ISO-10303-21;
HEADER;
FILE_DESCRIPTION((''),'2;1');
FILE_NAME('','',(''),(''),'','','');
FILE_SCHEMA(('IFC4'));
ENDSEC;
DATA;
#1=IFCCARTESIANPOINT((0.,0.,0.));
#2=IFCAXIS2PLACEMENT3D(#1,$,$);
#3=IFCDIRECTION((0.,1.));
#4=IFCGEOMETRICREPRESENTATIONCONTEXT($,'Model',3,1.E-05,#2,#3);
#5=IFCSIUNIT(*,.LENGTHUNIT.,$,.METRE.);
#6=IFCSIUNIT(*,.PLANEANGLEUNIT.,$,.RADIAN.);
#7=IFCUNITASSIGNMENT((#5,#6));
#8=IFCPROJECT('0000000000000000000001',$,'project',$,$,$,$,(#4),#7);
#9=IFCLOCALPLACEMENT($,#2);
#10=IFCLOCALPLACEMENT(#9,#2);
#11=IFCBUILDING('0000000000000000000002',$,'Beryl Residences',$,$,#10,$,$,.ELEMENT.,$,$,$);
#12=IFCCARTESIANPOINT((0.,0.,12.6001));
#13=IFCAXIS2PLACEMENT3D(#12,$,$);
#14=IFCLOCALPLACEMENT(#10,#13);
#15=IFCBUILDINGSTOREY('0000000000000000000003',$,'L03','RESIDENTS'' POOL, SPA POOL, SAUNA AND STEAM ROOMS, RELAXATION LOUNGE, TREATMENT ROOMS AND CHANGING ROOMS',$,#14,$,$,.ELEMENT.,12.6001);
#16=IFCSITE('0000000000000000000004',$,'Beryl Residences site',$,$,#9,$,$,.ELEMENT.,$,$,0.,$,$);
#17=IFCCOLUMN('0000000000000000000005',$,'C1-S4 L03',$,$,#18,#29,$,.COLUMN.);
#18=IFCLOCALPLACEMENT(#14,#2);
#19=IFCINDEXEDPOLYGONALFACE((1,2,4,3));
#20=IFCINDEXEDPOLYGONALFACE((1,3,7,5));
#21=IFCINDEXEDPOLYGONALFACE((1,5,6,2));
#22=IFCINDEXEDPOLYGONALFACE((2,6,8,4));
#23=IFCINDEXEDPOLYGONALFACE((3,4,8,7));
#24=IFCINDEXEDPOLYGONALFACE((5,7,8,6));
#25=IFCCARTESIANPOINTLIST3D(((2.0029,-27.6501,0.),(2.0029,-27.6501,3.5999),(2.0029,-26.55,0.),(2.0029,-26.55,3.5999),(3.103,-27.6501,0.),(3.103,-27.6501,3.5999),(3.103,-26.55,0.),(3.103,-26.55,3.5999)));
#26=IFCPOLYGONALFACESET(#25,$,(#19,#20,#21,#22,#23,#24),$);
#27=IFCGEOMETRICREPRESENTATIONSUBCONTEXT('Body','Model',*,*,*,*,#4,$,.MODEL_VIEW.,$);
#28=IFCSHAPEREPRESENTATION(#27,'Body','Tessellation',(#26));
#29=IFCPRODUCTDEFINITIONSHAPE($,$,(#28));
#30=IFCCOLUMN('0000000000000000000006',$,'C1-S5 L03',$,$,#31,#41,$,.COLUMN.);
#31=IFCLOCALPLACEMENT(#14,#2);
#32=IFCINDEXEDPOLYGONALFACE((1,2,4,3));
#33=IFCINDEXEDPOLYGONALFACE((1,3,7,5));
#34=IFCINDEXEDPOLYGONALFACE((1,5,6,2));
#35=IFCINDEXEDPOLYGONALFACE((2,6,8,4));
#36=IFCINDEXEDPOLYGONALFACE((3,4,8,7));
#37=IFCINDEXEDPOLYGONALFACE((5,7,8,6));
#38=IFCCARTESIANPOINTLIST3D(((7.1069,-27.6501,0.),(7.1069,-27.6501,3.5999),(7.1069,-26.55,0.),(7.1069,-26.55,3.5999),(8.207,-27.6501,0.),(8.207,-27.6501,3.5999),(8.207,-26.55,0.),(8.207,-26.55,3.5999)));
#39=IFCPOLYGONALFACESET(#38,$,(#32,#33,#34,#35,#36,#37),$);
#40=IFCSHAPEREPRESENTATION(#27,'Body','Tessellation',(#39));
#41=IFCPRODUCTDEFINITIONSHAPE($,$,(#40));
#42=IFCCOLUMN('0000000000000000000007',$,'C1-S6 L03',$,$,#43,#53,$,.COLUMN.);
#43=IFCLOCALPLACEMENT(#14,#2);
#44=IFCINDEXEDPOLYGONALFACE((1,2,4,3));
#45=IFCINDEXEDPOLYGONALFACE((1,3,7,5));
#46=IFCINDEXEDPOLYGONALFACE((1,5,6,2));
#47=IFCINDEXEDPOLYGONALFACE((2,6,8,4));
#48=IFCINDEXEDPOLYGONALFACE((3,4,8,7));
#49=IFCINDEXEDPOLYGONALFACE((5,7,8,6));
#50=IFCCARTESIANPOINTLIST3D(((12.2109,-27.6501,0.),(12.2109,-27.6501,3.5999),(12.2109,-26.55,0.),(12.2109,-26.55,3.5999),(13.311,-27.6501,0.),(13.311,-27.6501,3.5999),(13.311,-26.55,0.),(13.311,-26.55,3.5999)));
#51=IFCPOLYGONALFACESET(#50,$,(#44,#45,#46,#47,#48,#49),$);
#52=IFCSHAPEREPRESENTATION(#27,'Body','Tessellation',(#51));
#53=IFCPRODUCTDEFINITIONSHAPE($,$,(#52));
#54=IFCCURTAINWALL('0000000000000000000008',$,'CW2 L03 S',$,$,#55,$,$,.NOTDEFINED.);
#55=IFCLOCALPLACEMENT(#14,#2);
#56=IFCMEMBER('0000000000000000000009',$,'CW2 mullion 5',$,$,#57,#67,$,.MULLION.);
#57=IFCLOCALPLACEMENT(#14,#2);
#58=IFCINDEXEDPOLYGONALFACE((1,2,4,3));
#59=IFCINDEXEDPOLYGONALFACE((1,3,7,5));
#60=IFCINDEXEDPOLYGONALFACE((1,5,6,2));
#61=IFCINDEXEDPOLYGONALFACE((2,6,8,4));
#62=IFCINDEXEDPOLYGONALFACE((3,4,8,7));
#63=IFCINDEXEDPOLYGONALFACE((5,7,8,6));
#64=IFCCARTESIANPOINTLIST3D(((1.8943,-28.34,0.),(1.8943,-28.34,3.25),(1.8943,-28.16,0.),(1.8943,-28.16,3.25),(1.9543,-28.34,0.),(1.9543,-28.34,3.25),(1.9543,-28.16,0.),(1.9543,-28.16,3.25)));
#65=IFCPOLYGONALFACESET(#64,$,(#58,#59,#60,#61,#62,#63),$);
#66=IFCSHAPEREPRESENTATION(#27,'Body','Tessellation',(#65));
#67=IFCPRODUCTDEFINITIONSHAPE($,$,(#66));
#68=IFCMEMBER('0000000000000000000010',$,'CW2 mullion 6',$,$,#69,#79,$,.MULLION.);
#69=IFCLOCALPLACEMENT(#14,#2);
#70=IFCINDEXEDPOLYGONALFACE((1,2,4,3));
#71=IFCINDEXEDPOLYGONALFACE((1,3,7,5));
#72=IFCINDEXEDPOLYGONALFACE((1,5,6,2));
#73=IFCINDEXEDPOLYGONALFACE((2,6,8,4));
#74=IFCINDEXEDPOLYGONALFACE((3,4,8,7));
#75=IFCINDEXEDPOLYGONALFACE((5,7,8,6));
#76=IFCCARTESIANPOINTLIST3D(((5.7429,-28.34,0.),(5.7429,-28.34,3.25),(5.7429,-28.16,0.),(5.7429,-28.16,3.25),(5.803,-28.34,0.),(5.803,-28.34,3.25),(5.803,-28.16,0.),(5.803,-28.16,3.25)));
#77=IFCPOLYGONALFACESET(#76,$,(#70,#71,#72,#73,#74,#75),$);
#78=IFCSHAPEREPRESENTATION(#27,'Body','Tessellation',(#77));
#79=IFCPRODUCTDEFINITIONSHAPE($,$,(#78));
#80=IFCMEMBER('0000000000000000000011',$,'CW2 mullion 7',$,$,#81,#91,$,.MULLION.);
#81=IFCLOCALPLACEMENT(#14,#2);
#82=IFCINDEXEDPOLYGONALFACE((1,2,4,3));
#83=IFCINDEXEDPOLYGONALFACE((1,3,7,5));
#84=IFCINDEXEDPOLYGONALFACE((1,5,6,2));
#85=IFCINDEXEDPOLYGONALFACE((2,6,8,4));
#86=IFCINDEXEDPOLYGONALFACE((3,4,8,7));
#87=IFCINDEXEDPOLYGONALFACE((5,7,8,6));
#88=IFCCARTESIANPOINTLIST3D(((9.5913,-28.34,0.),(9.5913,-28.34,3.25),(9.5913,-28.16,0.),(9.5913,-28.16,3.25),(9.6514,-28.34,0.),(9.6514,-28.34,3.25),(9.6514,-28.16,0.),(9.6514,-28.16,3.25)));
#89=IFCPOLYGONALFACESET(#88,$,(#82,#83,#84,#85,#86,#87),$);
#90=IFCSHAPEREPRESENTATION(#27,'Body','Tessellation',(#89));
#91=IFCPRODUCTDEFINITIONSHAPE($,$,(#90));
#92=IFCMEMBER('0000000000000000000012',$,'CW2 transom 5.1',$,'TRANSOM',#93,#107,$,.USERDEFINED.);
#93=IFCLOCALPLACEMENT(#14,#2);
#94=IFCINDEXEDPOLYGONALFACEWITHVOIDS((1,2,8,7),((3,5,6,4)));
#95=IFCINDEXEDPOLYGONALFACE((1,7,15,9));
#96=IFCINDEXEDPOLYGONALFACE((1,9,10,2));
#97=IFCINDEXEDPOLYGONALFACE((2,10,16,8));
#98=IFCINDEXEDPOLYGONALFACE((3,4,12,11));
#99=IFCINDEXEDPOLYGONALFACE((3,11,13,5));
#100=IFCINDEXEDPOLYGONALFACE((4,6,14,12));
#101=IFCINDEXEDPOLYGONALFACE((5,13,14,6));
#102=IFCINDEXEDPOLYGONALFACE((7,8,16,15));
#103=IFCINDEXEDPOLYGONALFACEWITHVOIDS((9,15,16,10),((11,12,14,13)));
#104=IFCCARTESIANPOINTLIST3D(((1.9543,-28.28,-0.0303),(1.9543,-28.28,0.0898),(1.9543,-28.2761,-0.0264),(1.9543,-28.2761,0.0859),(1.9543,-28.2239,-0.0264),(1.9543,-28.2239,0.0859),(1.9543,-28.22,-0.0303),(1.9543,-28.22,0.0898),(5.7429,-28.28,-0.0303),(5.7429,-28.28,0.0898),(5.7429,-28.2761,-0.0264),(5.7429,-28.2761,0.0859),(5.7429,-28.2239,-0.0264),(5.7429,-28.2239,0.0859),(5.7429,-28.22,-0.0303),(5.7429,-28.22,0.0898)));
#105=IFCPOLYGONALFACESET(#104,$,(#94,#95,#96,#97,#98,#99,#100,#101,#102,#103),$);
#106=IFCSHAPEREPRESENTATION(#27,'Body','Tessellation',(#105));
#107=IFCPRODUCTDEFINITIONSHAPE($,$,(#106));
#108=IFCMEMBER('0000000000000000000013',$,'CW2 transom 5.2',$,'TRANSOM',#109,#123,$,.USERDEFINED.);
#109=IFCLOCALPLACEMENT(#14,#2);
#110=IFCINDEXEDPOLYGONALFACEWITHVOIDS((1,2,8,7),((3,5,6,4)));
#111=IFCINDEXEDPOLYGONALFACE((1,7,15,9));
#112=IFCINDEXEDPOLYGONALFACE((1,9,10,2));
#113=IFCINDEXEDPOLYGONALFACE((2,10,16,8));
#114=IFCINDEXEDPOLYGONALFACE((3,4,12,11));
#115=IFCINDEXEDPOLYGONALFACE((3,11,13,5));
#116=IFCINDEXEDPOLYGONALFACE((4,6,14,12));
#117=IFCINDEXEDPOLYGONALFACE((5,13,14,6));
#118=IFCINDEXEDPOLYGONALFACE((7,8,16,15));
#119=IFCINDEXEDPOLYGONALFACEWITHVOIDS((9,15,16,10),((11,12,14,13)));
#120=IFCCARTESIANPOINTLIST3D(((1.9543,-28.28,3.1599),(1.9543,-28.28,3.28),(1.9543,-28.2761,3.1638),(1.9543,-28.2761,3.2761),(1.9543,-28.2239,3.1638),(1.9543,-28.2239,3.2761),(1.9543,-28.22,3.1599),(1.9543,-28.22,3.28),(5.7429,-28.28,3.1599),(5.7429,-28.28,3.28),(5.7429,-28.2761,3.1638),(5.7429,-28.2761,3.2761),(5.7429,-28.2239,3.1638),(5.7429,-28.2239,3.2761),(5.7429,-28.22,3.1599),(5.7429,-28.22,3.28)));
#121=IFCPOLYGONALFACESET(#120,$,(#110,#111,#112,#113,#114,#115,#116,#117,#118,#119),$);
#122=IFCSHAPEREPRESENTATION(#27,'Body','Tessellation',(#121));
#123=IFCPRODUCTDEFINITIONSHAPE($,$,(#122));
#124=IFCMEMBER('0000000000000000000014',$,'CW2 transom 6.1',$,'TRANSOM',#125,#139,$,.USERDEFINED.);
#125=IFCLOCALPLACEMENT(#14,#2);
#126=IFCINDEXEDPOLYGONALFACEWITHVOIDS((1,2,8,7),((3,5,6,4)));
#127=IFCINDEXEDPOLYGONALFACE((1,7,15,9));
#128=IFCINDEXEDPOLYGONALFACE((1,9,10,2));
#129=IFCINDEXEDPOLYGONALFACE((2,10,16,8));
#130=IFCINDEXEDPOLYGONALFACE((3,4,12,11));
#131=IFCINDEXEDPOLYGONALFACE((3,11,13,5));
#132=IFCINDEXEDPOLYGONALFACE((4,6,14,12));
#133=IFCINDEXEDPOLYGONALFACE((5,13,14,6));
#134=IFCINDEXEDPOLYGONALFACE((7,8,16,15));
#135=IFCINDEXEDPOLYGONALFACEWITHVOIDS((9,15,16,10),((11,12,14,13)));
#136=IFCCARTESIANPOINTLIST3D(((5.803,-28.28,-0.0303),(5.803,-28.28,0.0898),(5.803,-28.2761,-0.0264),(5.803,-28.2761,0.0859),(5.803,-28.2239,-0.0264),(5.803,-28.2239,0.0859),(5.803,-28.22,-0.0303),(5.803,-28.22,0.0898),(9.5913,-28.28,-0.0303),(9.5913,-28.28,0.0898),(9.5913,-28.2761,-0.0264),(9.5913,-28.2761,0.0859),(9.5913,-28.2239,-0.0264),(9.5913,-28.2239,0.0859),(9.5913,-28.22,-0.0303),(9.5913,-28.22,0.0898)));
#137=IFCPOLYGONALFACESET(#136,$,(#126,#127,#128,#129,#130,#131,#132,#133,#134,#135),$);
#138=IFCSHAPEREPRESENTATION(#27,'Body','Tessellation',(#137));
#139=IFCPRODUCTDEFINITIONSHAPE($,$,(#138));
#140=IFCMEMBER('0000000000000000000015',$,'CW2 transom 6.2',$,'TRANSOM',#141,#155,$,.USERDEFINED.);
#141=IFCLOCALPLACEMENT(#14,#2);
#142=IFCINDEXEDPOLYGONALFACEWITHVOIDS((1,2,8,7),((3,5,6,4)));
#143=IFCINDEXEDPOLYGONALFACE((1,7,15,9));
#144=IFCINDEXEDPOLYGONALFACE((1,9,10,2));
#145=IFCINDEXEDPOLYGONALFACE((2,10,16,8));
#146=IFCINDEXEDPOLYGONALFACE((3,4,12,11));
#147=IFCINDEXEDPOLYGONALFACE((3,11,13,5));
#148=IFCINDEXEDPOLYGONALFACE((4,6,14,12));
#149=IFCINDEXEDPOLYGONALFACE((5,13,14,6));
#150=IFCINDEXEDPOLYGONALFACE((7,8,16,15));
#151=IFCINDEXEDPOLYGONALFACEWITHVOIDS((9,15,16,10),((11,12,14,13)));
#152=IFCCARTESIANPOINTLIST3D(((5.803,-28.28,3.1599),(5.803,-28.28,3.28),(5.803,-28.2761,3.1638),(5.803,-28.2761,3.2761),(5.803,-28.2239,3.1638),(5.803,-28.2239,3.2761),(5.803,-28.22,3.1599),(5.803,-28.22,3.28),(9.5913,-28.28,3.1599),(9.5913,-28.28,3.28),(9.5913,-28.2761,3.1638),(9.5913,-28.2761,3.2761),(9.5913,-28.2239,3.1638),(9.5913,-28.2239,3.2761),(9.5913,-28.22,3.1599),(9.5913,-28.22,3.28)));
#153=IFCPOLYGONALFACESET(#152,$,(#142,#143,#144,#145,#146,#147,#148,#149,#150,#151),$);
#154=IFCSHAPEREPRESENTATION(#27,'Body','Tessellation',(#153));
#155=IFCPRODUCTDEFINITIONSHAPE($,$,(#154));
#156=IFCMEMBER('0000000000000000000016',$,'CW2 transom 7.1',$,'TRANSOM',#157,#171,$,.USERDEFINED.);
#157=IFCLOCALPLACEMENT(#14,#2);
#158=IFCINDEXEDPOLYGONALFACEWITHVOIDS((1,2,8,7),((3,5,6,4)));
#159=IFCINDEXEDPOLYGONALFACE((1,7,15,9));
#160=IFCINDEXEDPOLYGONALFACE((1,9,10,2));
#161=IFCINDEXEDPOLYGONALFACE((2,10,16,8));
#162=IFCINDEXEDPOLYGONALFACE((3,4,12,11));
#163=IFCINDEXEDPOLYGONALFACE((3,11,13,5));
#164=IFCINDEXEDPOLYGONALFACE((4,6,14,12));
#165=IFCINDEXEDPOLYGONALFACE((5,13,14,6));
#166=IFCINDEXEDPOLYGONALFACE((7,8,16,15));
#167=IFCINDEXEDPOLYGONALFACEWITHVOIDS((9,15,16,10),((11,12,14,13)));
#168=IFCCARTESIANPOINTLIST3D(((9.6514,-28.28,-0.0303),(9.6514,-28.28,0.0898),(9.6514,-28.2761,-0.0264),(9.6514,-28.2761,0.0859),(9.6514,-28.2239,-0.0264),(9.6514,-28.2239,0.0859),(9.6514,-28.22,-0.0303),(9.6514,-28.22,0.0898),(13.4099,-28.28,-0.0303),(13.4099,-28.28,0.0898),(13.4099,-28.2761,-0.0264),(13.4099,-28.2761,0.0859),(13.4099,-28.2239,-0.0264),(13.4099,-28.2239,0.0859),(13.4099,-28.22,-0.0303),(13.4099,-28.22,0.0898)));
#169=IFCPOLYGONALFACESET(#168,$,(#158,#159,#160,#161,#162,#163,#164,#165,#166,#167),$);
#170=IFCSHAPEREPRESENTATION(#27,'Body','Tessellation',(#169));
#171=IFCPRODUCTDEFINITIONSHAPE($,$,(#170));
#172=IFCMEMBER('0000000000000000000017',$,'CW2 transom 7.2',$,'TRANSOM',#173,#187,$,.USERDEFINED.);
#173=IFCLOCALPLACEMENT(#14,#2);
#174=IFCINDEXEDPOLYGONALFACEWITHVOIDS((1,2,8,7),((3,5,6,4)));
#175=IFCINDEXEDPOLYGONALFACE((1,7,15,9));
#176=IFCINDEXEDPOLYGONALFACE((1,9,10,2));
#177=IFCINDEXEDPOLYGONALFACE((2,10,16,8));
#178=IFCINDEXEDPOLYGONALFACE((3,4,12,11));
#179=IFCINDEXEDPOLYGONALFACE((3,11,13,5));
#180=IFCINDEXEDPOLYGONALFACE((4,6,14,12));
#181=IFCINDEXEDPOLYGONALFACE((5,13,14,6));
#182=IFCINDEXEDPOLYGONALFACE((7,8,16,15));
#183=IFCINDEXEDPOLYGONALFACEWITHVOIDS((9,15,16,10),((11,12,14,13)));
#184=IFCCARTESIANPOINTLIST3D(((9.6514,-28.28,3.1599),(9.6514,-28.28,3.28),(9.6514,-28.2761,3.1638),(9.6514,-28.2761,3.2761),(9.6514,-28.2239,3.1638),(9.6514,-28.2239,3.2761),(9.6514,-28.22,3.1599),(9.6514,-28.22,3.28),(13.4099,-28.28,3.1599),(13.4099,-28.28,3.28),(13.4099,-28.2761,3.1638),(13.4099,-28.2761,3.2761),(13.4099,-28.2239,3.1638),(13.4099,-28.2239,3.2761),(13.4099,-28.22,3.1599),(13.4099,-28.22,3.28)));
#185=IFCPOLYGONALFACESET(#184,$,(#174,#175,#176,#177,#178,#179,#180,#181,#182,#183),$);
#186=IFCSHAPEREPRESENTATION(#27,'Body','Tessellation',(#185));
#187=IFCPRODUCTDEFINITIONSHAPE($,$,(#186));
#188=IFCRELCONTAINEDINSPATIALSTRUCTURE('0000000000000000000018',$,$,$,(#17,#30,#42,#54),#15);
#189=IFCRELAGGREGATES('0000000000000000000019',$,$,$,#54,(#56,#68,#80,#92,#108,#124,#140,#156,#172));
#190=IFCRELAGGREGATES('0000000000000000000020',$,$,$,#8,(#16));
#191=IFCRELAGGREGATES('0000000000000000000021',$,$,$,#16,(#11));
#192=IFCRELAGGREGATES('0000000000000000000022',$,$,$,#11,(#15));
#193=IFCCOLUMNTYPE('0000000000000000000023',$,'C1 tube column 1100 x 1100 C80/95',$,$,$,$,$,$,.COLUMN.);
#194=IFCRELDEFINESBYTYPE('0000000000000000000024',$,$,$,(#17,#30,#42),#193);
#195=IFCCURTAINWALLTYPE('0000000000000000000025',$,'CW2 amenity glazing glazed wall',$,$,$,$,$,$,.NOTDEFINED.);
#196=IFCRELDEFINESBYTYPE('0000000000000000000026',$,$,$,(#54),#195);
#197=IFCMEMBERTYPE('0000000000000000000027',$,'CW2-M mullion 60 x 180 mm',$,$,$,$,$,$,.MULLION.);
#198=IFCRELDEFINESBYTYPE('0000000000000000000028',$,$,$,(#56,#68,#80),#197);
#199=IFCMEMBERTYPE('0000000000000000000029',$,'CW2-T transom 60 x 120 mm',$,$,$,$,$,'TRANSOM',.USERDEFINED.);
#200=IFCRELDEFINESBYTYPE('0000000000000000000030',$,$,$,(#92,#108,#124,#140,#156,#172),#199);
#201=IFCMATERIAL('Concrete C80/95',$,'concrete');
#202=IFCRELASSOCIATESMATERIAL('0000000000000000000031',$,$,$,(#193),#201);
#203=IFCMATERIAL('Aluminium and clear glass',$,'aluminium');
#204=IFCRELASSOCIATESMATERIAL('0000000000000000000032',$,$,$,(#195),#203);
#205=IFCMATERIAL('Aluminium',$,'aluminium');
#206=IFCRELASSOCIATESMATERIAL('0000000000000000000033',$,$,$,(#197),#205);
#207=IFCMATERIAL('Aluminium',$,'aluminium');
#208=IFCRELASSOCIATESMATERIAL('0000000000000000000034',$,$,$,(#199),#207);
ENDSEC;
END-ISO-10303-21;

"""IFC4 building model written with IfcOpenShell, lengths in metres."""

from ifc_helpers import new_model, si_unit, direction, frame, origin, origin_2d, place, context, subcontext, project, spatial, rectangle, hollow_rectangle, extrude, material, material_profile, profile_set, type_object, element, aggregate, save


model = new_model("IFC4")

# Units and contexts
model_context = context("Model", 3, precision=1e-05, world=origin(), true_north=direction((0.0, 1.0)))
body_context = subcontext(model_context, "Body", "Model", "MODEL_VIEW")
ifc_project = project(units=[si_unit("LENGTHUNIT", "METRE"), si_unit("PLANEANGLEUNIT", "RADIAN")], contexts=[model_context])

# Site, building, storey
site_placement = place(None, origin())
site = spatial("IfcSite", under=ifc_project, at=site_placement, Name="Beryl Residences site", CompositionType="ELEMENT", RefElevation=0.0)
building_placement = place(site_placement, origin())
building = spatial("IfcBuilding", under=site, at=building_placement, Name="Beryl Residences", CompositionType="ELEMENT")
storey_placement = place(building_placement, frame((0.0, 0.0, 12.6001)))
storey = spatial("IfcBuildingStorey", under=building, at=storey_placement, Name="L03", Description="RESIDENTS' POOL, SPA POOL, SAUNA AND STEAM ROOMS, RELAXATION LOUNGE, TREATMENT ROOMS AND CHANGING ROOMS", CompositionType="ELEMENT", Elevation=12.6001)

# Columns
ifc_material_1 = material(Name="Concrete C80/95", Category="concrete")
ifc_material_profile_1 = material_profile(ifc_material_1, rectangle(XDim=1.1001, YDim=1.1001, at=origin_2d()))
ifc_profile_set_1 = profile_set([ifc_material_profile_1], Name="Concrete C80/95")
column_type = type_object("IfcColumnType", Name="C1 tube column 1100 x 1100 C80/95", PredefinedType="COLUMN", material=ifc_profile_set_1)
for number, where, z_axis, x_axis, name in (
    (1, (2.553, -27.1001, 0.0), (0.0, 0.0, 1.0), (1.0, 0.0, 0.0), "C1-S4 L03"),
    (2, (7.657, -27.1001, 0.0), (0.0, 0.0, 1.0), (1.0, 0.0, 0.0), "C1-S5 L03"),
    (3, (12.761, -27.1001, 0.0), (0.0, 0.0, 1.0), (1.0, 0.0, 0.0), "C1-S6 L03"),
):
    element("IfcColumn", number, at=place(storey_placement, frame(where, z_axis=z_axis, x_axis=x_axis)), inside=storey, type_object=column_type, Name=name, PredefinedType="COLUMN", context=body_context, shape_type="SweptSolid", body=[
        extrude(rectangle(XDim=1.1001, YDim=1.1001, at=origin_2d()), origin(), (0.0, 0.0, 1.0), 3.5999),
    ])

# Curtain wall, members
ifc_material_2 = material(Name="Aluminium and clear glass", Category="aluminium")
curtain_wall_type = type_object("IfcCurtainWallType", Name="CW2 amenity glazing glazed wall", PredefinedType="NOTDEFINED", material=ifc_material_2)
curtain_wall_placement = place(storey_placement, origin())
curtain_wall = element("IfcCurtainWall", 4, at=curtain_wall_placement, inside=storey, type_object=curtain_wall_type, Name="CW2 L03 S", PredefinedType="NOTDEFINED")
ifc_material_3 = material(Name="Aluminium", Category="aluminium")
ifc_material_profile_2 = material_profile(ifc_material_3, rectangle(XDim=0.0601, YDim=0.1799, at=origin_2d()))
ifc_profile_set_2 = profile_set([ifc_material_profile_2], Name="Aluminium")
member_type_1 = type_object("IfcMemberType", Name="CW2-M mullion 60 x 180 mm", PredefinedType="MULLION", material=ifc_profile_set_2)
member_1_placement = place(storey_placement, frame((1.9243, -28.25, 0.0), z_axis=(0.0, 0.0, 1.0), x_axis=(1.0, 0.0, 0.0)))
member_1 = element("IfcMember", 5, at=member_1_placement, type_object=member_type_1, Name="CW2 mullion 5", PredefinedType="MULLION", context=body_context, shape_type="SweptSolid", body=[
    extrude(rectangle(XDim=0.0601, YDim=0.1799, at=origin_2d()), origin(), (0.0, 0.0, 1.0), 3.25),
])
member_2_placement = place(storey_placement, frame((5.7729, -28.25, 0.0), z_axis=(0.0, 0.0, 1.0), x_axis=(1.0, 0.0, 0.0)))
member_2 = element("IfcMember", 6, at=member_2_placement, type_object=member_type_1, Name="CW2 mullion 6", PredefinedType="MULLION", context=body_context, shape_type="SweptSolid", body=[
    extrude(rectangle(XDim=0.0601, YDim=0.1799, at=origin_2d()), origin(), (0.0, 0.0, 1.0), 3.25),
])
member_3_placement = place(storey_placement, frame((9.6213, -28.25, 0.0), z_axis=(0.0, 0.0, 1.0), x_axis=(1.0, 0.0, 0.0)))
member_3 = element("IfcMember", 7, at=member_3_placement, type_object=member_type_1, Name="CW2 mullion 7", PredefinedType="MULLION", context=body_context, shape_type="SweptSolid", body=[
    extrude(rectangle(XDim=0.0601, YDim=0.1799, at=origin_2d()), origin(), (0.0, 0.0, 1.0), 3.25),
])
ifc_material_4 = material(Name="Aluminium", Category="aluminium")
ifc_material_profile_3 = material_profile(ifc_material_4, hollow_rectangle(XDim=0.0601, YDim=0.1201, WallThickness=0.0039, at=origin_2d()))
ifc_profile_set_3 = profile_set([ifc_material_profile_3], Name="Aluminium")
member_type_2 = type_object("IfcMemberType", Name="CW2-T transom 60 x 120 mm", ElementType="TRANSOM", PredefinedType="USERDEFINED", material=ifc_profile_set_3)
member_4_placement = place(storey_placement, frame((1.9543, -28.25, 0.0298), z_axis=(1.0, 0.0, 0.0), x_axis=(0.0, 1.0, 0.0)))
member_4 = element("IfcMember", 8, at=member_4_placement, type_object=member_type_2, Name="CW2 transom 5.1", ObjectType="TRANSOM", PredefinedType="USERDEFINED", context=body_context, shape_type="SweptSolid", body=[
    extrude(hollow_rectangle(XDim=0.0601, YDim=0.1201, WallThickness=0.0039, at=origin_2d()), origin(), (0.0, 0.0, 1.0), 3.7886),
])
member_5_placement = place(storey_placement, frame((1.9543, -28.25, 3.22), z_axis=(1.0, 0.0, 0.0), x_axis=(0.0, 1.0, 0.0)))
member_5 = element("IfcMember", 9, at=member_5_placement, type_object=member_type_2, Name="CW2 transom 5.2", ObjectType="TRANSOM", PredefinedType="USERDEFINED", context=body_context, shape_type="SweptSolid", body=[
    extrude(hollow_rectangle(XDim=0.0601, YDim=0.1201, WallThickness=0.0039, at=origin_2d()), origin(), (0.0, 0.0, 1.0), 3.7886),
])
member_6_placement = place(storey_placement, frame((5.803, -28.25, 0.0298), z_axis=(1.0, 0.0, 0.0), x_axis=(0.0, 1.0, 0.0)))
member_6 = element("IfcMember", 10, at=member_6_placement, type_object=member_type_2, Name="CW2 transom 6.1", ObjectType="TRANSOM", PredefinedType="USERDEFINED", context=body_context, shape_type="SweptSolid", body=[
    extrude(hollow_rectangle(XDim=0.0601, YDim=0.1201, WallThickness=0.0039, at=origin_2d()), origin(), (0.0, 0.0, 1.0), 3.7883),
])
member_7_placement = place(storey_placement, frame((5.803, -28.25, 3.22), z_axis=(1.0, 0.0, 0.0), x_axis=(0.0, 1.0, 0.0)))
member_7 = element("IfcMember", 11, at=member_7_placement, type_object=member_type_2, Name="CW2 transom 6.2", ObjectType="TRANSOM", PredefinedType="USERDEFINED", context=body_context, shape_type="SweptSolid", body=[
    extrude(hollow_rectangle(XDim=0.0601, YDim=0.1201, WallThickness=0.0039, at=origin_2d()), origin(), (0.0, 0.0, 1.0), 3.7883),
])
member_8_placement = place(storey_placement, frame((9.6514, -28.25, 0.0298), z_axis=(1.0, 0.0, 0.0), x_axis=(0.0, 1.0, 0.0)))
member_8 = element("IfcMember", 12, at=member_8_placement, type_object=member_type_2, Name="CW2 transom 7.1", ObjectType="TRANSOM", PredefinedType="USERDEFINED", context=body_context, shape_type="SweptSolid", body=[
    extrude(hollow_rectangle(XDim=0.0601, YDim=0.1201, WallThickness=0.0039, at=origin_2d()), origin(), (0.0, 0.0, 1.0), 3.7585),
])
member_9_placement = place(storey_placement, frame((9.6514, -28.25, 3.22), z_axis=(1.0, 0.0, 0.0), x_axis=(0.0, 1.0, 0.0)))
member_9 = element("IfcMember", 13, at=member_9_placement, type_object=member_type_2, Name="CW2 transom 7.2", ObjectType="TRANSOM", PredefinedType="USERDEFINED", context=body_context, shape_type="SweptSolid", body=[
    extrude(hollow_rectangle(XDim=0.0601, YDim=0.1201, WallThickness=0.0039, at=origin_2d()), origin(), (0.0, 0.0, 1.0), 3.7585),
])

aggregate(curtain_wall, [member_1, member_2, member_3, member_4, member_5, member_6, member_7, member_8, member_9])

save(model, "model.ifc")
